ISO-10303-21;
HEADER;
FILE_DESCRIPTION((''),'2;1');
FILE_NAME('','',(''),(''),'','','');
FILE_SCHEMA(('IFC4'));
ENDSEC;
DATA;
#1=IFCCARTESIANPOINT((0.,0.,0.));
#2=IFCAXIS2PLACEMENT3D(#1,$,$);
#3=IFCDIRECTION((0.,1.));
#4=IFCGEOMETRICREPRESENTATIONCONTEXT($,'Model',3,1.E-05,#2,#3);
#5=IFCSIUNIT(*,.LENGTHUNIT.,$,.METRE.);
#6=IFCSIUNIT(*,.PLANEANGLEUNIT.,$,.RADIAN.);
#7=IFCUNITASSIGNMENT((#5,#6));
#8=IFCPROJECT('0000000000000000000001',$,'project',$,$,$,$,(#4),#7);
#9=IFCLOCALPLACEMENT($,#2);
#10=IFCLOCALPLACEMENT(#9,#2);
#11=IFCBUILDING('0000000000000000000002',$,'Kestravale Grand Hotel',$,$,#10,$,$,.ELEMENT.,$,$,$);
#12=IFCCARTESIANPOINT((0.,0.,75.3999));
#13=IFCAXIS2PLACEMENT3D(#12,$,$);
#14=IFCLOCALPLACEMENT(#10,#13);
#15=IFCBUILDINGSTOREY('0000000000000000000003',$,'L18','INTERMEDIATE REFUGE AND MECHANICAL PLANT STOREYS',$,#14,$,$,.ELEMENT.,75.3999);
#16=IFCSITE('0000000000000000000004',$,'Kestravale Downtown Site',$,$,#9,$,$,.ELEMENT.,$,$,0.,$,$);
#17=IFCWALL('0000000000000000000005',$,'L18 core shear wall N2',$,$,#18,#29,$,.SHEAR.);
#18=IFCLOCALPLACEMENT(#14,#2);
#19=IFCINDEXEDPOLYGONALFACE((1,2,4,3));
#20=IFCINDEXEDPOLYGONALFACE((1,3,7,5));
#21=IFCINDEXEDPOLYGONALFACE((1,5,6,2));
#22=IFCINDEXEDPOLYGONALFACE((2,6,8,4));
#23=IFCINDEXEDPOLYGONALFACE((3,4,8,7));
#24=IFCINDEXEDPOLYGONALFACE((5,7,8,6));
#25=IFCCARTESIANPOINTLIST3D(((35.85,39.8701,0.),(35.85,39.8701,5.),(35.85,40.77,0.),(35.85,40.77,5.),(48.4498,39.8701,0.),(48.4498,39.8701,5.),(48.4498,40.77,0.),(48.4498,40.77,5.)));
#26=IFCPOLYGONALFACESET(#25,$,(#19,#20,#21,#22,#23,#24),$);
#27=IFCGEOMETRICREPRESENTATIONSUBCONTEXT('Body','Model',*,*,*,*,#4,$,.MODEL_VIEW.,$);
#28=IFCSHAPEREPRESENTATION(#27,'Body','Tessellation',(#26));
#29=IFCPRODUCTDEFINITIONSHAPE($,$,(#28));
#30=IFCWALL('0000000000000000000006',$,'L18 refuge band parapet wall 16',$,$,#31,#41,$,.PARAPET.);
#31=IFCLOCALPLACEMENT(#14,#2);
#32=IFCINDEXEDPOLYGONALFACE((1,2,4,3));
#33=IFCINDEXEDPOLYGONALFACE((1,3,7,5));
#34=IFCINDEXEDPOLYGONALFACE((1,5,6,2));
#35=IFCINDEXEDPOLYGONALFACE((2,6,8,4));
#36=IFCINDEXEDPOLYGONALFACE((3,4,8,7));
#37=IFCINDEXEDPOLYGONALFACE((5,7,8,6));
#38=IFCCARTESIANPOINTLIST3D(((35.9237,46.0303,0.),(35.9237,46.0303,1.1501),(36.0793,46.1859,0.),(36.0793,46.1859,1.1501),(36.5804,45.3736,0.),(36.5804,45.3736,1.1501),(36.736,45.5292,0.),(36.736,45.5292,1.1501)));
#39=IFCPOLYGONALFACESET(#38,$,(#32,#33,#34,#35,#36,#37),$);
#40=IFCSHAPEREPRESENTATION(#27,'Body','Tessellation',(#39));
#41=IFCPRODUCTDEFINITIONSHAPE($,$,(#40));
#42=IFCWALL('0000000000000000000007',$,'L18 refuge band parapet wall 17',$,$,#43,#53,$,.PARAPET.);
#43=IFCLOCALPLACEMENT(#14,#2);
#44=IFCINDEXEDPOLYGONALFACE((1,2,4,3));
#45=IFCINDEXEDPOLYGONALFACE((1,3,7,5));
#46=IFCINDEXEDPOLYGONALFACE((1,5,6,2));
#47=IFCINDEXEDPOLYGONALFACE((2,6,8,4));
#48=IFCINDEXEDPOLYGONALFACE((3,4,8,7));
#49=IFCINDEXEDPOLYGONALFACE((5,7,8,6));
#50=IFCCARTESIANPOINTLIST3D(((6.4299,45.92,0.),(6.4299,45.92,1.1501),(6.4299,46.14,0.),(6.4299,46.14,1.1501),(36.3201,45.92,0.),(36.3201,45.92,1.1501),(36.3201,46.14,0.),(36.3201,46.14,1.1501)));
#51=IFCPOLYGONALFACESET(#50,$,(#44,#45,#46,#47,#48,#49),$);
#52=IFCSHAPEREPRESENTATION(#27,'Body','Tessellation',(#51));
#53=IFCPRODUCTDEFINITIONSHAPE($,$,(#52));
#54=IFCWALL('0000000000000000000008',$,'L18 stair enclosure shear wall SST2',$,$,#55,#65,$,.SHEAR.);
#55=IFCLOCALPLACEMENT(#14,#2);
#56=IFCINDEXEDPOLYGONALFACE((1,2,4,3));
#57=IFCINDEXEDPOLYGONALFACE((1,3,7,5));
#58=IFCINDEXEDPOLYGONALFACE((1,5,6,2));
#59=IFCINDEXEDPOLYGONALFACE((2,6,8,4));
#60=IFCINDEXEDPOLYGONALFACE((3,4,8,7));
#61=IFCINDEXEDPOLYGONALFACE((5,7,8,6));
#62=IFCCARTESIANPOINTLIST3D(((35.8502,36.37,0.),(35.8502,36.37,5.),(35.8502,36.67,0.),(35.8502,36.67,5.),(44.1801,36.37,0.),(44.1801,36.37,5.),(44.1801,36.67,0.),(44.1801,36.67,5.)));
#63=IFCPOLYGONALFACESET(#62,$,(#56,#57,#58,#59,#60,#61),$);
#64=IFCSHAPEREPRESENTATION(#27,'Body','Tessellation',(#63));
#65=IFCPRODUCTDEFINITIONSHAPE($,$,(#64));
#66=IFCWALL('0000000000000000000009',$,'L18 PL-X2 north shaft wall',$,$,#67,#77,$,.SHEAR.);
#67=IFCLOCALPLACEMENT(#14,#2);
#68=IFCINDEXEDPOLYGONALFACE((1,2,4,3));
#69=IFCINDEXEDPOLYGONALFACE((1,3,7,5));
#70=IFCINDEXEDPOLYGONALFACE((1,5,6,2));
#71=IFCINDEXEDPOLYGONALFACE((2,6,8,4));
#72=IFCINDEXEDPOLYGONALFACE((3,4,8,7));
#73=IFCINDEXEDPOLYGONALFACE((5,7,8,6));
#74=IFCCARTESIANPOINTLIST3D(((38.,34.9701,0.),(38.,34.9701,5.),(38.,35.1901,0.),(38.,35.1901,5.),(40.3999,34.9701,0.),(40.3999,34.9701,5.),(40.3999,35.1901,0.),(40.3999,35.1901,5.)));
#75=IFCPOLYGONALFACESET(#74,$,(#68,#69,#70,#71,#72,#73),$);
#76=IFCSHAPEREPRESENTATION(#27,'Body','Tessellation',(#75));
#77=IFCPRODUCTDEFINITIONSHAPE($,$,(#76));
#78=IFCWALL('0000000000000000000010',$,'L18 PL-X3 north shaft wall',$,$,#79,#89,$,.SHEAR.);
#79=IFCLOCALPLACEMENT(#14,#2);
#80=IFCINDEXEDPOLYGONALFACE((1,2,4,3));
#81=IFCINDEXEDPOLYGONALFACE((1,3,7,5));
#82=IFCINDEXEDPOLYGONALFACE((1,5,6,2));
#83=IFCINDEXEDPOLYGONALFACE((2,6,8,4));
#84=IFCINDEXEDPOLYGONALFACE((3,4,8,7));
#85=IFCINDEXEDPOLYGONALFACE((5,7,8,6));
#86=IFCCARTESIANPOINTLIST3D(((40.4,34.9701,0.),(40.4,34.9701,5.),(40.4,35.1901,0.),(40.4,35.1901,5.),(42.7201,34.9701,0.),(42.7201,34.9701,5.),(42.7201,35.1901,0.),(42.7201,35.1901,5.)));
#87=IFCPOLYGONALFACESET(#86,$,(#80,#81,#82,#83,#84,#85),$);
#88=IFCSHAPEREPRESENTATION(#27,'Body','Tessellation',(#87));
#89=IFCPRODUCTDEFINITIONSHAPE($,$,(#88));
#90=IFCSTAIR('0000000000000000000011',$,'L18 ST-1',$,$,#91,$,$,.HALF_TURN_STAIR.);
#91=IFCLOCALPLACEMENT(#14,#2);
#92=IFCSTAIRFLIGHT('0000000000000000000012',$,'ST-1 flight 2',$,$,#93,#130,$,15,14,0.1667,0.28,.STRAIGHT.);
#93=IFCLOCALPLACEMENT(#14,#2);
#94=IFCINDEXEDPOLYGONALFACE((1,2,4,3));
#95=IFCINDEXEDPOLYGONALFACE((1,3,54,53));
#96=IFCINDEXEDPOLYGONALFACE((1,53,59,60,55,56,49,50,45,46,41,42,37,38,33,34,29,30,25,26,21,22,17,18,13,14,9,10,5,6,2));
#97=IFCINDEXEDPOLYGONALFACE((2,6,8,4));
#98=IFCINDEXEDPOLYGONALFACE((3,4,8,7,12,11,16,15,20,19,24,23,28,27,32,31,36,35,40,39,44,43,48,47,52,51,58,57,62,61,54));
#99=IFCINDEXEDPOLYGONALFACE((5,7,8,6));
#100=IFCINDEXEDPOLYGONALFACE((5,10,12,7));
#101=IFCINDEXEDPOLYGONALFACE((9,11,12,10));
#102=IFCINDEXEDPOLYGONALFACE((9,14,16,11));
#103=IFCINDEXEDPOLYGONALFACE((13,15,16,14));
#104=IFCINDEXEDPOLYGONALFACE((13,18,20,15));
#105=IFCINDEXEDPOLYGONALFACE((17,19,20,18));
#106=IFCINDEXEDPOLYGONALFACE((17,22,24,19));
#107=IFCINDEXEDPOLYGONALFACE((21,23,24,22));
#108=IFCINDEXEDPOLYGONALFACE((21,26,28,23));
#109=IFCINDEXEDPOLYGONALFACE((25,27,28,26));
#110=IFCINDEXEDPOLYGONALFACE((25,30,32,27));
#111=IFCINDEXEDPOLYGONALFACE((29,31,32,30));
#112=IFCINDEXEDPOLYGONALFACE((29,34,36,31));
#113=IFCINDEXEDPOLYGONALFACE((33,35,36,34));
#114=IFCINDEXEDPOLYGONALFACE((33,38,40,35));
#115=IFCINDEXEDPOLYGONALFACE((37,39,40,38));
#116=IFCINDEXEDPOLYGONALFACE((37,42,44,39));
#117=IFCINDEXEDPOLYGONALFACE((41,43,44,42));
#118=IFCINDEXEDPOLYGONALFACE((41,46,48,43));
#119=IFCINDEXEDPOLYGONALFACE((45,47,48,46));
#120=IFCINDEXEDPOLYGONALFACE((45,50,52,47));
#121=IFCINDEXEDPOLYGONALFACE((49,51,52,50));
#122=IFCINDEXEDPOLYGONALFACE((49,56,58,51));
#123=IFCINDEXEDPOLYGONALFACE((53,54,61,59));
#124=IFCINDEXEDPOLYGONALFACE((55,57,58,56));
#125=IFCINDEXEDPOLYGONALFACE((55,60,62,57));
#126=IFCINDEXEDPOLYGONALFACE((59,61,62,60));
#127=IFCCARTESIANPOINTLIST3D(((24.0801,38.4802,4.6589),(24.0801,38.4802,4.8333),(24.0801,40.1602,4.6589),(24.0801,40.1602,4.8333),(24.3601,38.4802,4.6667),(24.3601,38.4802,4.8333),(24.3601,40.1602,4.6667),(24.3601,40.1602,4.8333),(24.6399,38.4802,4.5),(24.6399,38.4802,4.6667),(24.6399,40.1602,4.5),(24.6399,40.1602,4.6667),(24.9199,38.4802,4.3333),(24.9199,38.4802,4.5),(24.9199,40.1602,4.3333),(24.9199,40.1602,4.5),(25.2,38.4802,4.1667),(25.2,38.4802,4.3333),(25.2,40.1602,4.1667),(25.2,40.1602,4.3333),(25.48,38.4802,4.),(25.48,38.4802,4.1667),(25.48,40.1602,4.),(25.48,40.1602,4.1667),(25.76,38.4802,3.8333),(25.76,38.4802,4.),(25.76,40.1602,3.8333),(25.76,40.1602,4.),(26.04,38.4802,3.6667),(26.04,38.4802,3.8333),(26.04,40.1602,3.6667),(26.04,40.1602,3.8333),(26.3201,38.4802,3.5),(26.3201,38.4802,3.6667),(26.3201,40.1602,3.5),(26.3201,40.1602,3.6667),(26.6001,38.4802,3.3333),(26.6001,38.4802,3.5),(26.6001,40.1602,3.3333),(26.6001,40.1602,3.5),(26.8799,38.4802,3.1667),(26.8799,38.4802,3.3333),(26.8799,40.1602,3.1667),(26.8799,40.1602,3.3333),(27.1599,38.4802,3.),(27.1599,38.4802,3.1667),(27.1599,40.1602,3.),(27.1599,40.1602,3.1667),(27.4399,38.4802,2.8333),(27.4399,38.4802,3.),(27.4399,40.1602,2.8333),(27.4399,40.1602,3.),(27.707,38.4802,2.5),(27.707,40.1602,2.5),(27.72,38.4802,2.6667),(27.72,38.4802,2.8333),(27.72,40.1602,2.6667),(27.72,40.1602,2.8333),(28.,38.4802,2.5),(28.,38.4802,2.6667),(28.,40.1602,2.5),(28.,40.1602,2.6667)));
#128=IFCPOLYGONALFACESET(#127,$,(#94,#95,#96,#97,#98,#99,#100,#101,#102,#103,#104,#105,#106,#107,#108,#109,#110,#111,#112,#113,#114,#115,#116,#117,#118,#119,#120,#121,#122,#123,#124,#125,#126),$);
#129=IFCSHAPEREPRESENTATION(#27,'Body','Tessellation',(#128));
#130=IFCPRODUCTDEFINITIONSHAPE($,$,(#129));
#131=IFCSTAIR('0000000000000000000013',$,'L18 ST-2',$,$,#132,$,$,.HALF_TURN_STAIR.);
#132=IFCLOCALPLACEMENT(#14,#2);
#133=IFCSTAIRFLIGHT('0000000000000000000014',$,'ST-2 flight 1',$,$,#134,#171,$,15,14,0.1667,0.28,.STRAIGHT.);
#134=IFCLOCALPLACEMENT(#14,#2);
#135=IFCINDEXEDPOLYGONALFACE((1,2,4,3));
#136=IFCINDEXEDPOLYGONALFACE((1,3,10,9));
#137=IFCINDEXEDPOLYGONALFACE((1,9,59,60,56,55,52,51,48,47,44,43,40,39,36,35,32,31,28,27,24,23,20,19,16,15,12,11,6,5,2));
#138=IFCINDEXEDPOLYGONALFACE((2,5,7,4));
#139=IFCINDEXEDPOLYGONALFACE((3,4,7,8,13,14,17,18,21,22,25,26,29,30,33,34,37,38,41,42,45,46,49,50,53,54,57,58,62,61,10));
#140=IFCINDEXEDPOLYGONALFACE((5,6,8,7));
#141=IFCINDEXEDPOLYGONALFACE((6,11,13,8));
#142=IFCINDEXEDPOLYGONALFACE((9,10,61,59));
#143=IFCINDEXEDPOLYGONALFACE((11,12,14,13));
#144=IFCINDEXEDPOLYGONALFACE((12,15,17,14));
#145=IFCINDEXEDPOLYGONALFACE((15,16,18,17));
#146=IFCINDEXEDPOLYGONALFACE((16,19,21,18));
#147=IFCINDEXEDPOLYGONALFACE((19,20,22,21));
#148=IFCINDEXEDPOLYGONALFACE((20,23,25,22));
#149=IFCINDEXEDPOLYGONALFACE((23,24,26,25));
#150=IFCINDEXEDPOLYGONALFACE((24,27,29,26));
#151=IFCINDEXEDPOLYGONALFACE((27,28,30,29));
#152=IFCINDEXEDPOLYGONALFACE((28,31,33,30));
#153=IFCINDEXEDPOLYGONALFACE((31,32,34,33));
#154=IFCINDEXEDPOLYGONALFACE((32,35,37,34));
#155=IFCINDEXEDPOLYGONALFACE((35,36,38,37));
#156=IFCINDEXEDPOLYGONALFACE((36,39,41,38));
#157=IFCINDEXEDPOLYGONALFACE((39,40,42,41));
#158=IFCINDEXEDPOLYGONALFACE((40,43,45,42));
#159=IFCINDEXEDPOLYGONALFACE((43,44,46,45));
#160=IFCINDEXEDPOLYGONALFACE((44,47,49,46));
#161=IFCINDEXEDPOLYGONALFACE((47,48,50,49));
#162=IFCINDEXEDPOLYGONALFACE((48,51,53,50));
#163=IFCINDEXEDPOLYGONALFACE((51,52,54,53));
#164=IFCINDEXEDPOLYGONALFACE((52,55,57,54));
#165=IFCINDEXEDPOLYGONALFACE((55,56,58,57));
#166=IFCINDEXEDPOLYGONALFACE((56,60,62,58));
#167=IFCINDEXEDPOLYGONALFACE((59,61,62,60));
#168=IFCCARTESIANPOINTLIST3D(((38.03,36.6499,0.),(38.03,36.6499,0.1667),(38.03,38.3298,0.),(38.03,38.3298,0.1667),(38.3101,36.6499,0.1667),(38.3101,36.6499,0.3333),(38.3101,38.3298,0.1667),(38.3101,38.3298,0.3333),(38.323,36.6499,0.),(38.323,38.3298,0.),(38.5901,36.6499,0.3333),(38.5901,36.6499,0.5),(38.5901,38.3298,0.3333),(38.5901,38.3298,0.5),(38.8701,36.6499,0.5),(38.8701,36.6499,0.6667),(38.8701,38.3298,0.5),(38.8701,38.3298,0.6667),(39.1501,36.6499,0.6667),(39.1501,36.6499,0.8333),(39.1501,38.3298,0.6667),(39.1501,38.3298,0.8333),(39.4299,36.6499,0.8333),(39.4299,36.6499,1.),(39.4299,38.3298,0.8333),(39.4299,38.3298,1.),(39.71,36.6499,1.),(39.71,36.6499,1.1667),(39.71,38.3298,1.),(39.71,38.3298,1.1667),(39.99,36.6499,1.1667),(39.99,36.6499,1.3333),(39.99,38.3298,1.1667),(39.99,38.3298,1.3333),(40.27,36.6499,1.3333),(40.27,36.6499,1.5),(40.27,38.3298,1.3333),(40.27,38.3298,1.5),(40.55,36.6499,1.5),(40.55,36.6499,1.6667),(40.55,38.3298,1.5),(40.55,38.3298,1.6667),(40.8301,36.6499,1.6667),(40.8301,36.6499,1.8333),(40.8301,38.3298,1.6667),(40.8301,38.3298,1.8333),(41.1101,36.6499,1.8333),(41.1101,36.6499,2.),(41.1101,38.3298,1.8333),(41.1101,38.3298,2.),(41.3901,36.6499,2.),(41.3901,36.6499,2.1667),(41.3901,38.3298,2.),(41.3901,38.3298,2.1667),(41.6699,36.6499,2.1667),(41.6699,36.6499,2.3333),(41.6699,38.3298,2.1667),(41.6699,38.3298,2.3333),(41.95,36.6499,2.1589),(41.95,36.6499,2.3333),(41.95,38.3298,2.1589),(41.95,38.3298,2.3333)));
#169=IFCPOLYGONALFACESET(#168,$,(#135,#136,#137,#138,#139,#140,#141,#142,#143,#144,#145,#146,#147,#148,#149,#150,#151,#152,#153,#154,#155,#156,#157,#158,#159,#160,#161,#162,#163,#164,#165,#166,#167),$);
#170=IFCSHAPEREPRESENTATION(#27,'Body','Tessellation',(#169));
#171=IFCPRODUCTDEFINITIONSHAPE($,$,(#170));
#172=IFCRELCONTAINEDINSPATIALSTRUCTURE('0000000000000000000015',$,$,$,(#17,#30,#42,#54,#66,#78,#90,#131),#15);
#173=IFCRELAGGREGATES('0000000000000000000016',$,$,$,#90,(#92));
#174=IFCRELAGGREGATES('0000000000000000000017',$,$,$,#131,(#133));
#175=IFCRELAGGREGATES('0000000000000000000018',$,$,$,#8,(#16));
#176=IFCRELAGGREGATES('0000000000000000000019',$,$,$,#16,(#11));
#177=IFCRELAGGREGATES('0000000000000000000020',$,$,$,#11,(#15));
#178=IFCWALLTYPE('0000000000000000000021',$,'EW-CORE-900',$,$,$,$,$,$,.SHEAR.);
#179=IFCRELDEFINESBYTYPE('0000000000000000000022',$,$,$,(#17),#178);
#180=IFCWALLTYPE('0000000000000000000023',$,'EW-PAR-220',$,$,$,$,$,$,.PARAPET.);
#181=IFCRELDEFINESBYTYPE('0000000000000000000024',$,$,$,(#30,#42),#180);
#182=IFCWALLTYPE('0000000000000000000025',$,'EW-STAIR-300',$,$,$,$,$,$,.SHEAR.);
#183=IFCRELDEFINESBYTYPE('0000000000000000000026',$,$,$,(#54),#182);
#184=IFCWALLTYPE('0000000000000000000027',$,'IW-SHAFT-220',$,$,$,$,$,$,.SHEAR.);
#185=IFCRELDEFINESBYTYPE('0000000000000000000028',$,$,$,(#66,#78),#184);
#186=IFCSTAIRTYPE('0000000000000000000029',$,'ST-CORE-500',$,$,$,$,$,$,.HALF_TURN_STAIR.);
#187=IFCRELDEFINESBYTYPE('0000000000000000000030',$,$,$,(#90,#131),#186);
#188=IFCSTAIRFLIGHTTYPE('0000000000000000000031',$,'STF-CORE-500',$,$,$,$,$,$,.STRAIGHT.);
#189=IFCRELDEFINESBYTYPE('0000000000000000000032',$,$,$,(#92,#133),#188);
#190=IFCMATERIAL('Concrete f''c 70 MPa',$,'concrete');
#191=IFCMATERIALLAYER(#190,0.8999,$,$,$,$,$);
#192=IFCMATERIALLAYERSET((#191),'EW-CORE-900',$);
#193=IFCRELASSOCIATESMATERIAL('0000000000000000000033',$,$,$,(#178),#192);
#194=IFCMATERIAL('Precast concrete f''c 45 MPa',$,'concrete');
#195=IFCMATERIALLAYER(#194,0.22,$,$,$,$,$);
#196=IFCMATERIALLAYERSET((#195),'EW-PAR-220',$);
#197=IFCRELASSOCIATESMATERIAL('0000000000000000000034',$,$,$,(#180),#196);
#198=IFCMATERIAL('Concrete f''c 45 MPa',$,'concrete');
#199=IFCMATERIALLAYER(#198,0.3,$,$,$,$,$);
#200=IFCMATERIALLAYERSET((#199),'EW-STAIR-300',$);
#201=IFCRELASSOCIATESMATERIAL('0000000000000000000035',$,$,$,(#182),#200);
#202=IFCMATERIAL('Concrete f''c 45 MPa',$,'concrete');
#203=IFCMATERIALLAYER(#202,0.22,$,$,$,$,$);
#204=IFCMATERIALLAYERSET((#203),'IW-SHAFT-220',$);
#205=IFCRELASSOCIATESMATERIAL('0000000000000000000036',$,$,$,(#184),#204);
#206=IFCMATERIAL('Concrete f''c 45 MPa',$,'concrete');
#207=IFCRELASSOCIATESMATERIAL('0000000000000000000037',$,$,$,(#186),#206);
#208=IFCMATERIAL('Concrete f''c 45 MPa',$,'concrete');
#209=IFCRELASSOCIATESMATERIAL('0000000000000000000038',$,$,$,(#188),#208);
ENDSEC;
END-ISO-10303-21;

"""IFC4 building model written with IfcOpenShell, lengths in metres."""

from ifc_helpers import new_model, si_unit, direction, frame, frame_2d, origin, place, context, subcontext, project, spatial, polyline, rectangle, outline, extrude, material, layer, layer_set, type_object, element, aggregate, save


model = new_model("IFC4")

# Units and contexts
model_context = context("Model", 3, precision=1e-05, world=origin(), true_north=direction((0.0, 1.0)))
body_context = subcontext(model_context, "Body", "Model", "MODEL_VIEW")
ifc_project = project(units=[si_unit("LENGTHUNIT", "METRE"), si_unit("PLANEANGLEUNIT", "RADIAN")], contexts=[model_context])

# Site, building, storey
site_placement = place(None, origin())
site = spatial("IfcSite", under=ifc_project, at=site_placement, Name="Kestravale Downtown Site", CompositionType="ELEMENT", RefElevation=0.0)
building_placement = place(site_placement, origin())
building = spatial("IfcBuilding", under=site, at=building_placement, Name="Kestravale Grand Hotel", CompositionType="ELEMENT")
storey_placement = place(building_placement, frame((0.0, 0.0, 75.3999)))
storey = spatial("IfcBuildingStorey", under=building, at=storey_placement, Name="L18", Description="INTERMEDIATE REFUGE AND MECHANICAL PLANT STOREYS", CompositionType="ELEMENT", Elevation=75.3999)

# Wall
ifc_material_1 = material(Name="Concrete f'c 70 MPa", Category="concrete")
ifc_layer_1 = layer(ifc_material_1, 0.8999)
ifc_layer_set_1 = layer_set([ifc_layer_1], Name="EW-CORE-900")
wall_type_1 = type_object("IfcWallType", Name="EW-CORE-900", PredefinedType="SHEAR", material=ifc_layer_set_1)
wall_1_placement = place(storey_placement, frame((35.8501, 40.3201, 0.0), z_axis=(0.0, 0.0, 1.0), x_axis=(1.0, 0.0, 0.0)))
element("IfcWall", 1, at=wall_1_placement, inside=storey, type_object=wall_type_1, Name="L18 core shear wall N2", PredefinedType="SHEAR", context=body_context, shape_type="SweptSolid", body=[
    extrude(rectangle(XDim=12.5999, YDim=0.8999, at=frame_2d((6.2998, 0.0))), origin(), (0.0, 0.0, 1.0), 5.0),
])

# Walls
ifc_material_2 = material(Name="Precast concrete f'c 45 MPa", Category="concrete")
ifc_layer_2 = layer(ifc_material_2, 0.22)
ifc_layer_set_2 = layer_set([ifc_layer_2], Name="EW-PAR-220")
wall_type_2 = type_object("IfcWallType", Name="EW-PAR-220", PredefinedType="PARAPET", material=ifc_layer_set_2)
wall_2_placement = place(storey_placement, frame((36.6582, 45.4514, 0.0), z_axis=(0.0, 0.0, 1.0), x_axis=(-0.707107, 0.707107, 0.0)))
element("IfcWall", 2, at=wall_2_placement, inside=storey, type_object=wall_type_2, Name="L18 refuge band parapet wall 16", PredefinedType="PARAPET", context=body_context, shape_type="SweptSolid", body=[
    extrude(rectangle(XDim=0.9287, YDim=0.22, at=frame_2d((0.4644, 0.0))), origin(), (0.0, 0.0, 1.0), 1.1501),
])
wall_3_placement = place(storey_placement, frame((36.3201, 46.03, 0.0), z_axis=(0.0, 0.0, 1.0), x_axis=(-1.0, 0.0, 0.0)))
element("IfcWall", 3, at=wall_3_placement, inside=storey, type_object=wall_type_2, Name="L18 refuge band parapet wall 17", PredefinedType="PARAPET", context=body_context, shape_type="SweptSolid", body=[
    extrude(rectangle(XDim=29.8901, YDim=0.22, at=frame_2d((14.9451, 0.0))), origin(), (0.0, 0.0, 1.0), 1.1501),
])
ifc_material_3 = material(Name="Concrete f'c 45 MPa", Category="concrete")
ifc_layer_3 = layer(ifc_material_3, 0.3)
ifc_layer_set_3 = layer_set([ifc_layer_3], Name="EW-STAIR-300")
wall_type_3 = type_object("IfcWallType", Name="EW-STAIR-300", PredefinedType="SHEAR", material=ifc_layer_set_3)
wall_4_placement = place(storey_placement, frame((35.8501, 36.52, 0.0), z_axis=(0.0, 0.0, 1.0), x_axis=(1.0, 0.0, 0.0)))
element("IfcWall", 4, at=wall_4_placement, inside=storey, type_object=wall_type_3, Name="L18 stair enclosure shear wall SST2", PredefinedType="SHEAR", context=body_context, shape_type="SweptSolid", body=[
    extrude(rectangle(XDim=8.3298, YDim=0.3, at=frame_2d((4.165, 0.0))), origin(), (0.0, 0.0, 1.0), 5.0),
])

# Walls
ifc_material_4 = material(Name="Concrete f'c 45 MPa", Category="concrete")
ifc_layer_4 = layer(ifc_material_4, 0.22)
ifc_layer_set_4 = layer_set([ifc_layer_4], Name="IW-SHAFT-220")
wall_type_4 = type_object("IfcWallType", Name="IW-SHAFT-220", PredefinedType="SHEAR", material=ifc_layer_set_4)
wall_5_placement = place(storey_placement, frame((38.0, 35.0801, 0.0), z_axis=(0.0, 0.0, 1.0), x_axis=(1.0, 0.0, 0.0)))
element("IfcWall", 5, at=wall_5_placement, inside=storey, type_object=wall_type_4, Name="L18 PL-X2 north shaft wall", PredefinedType="SHEAR", context=body_context, shape_type="SweptSolid", body=[
    extrude(rectangle(XDim=2.3999, YDim=0.22, at=frame_2d((1.2, 0.0))), origin(), (0.0, 0.0, 1.0), 5.0),
])
wall_6_placement = place(storey_placement, frame((40.3999, 35.0801, 0.0), z_axis=(0.0, 0.0, 1.0), x_axis=(1.0, 0.0, 0.0)))
element("IfcWall", 6, at=wall_6_placement, inside=storey, type_object=wall_type_4, Name="L18 PL-X3 north shaft wall", PredefinedType="SHEAR", context=body_context, shape_type="SweptSolid", body=[
    extrude(rectangle(XDim=2.3201, YDim=0.22, at=frame_2d((1.1602, 0.0))), origin(), (0.0, 0.0, 1.0), 5.0),
])

# Stairs, stair flights
ifc_material_5 = material(Name="Concrete f'c 45 MPa", Category="concrete")
stair_type = type_object("IfcStairType", Name="ST-CORE-500", PredefinedType="HALF_TURN_STAIR", material=ifc_material_5)
stair_1_placement = place(storey_placement, origin())
stair_1 = element("IfcStair", 7, at=stair_1_placement, inside=storey, type_object=stair_type, Name="L18 ST-1", PredefinedType="HALF_TURN_STAIR")
ifc_material_6 = material(Name="Concrete f'c 45 MPa", Category="concrete")
stair_flight_type = type_object("IfcStairFlightType", Name="STF-CORE-500", PredefinedType="STRAIGHT", material=ifc_material_6)
stair_flight_1_placement = place(storey_placement, frame((28.0, 39.3201, 2.5), z_axis=(0.0, 0.0, 1.0), x_axis=(-1.0, 0.0, 0.0)))
stair_flight_1 = element("IfcStairFlight", 8, at=stair_flight_1_placement, type_object=stair_flight_type, Name="ST-1 flight 2", NumberOfRisers=15, NumberOfTreads=14, PredefinedType="STRAIGHT", RiserHeight=0.1667, TreadLength=0.28, context=body_context, shape_type="SweptSolid", body=[
    extrude(outline(polyline([(0.0, 0.0), (0.0, 0.1667), (0.28, 0.1667), (0.28, 0.3333), (0.5601, 0.3333), (0.5601, 0.5), (0.8401, 0.5), (0.8401, 0.6667), (1.1201, 0.6667), (1.1201, 0.8333), (1.3999, 0.8333), (1.3999, 1.0), (1.6799, 1.0), (1.6799, 1.1667), (1.96, 1.1667), (1.96, 1.3333), (2.24, 1.3333), (2.24, 1.5), (2.52, 1.5), (2.52, 1.6667), (2.8, 1.6667), (2.8, 1.8333), (3.0801, 1.8333), (3.0801, 2.0), (3.3601, 2.0), (3.3601, 2.1667), (3.6399, 2.1667), (3.6399, 2.3333), (3.9199, 2.3333), (3.9199, 2.5), (3.9199, 2.1589), (0.293, 0.0), (0.0, 0.0)])), frame((0.0, 0.8398, 0.0), z_axis=(0.0, -1.0, 0.0), x_axis=(1.0, 0.0, 0.0)), (0.0, 0.0, 1.0), 1.6799),
])
aggregate(stair_1, [stair_flight_1])
stair_2_placement = place(storey_placement, origin())
stair_2 = element("IfcStair", 9, at=stair_2_placement, inside=storey, type_object=stair_type, Name="L18 ST-2", PredefinedType="HALF_TURN_STAIR")
stair_flight_2_placement = place(storey_placement, frame((38.03, 37.49, 0.0), z_axis=(0.0, 0.0, 1.0), x_axis=(1.0, 0.0, 0.0)))
stair_flight_2 = element("IfcStairFlight", 10, at=stair_flight_2_placement, type_object=stair_flight_type, Name="ST-2 flight 1", NumberOfRisers=15, NumberOfTreads=14, PredefinedType="STRAIGHT", RiserHeight=0.1667, TreadLength=0.28, context=body_context, shape_type="SweptSolid", body=[
    extrude(outline(polyline([(0.0, 0.0), (0.0, 0.1667), (0.28, 0.1667), (0.28, 0.3333), (0.5601, 0.3333), (0.5601, 0.5), (0.8401, 0.5), (0.8401, 0.6667), (1.1201, 0.6667), (1.1201, 0.8333), (1.3999, 0.8333), (1.3999, 1.0), (1.6799, 1.0), (1.6799, 1.1667), (1.96, 1.1667), (1.96, 1.3333), (2.24, 1.3333), (2.24, 1.5), (2.52, 1.5), (2.52, 1.6667), (2.8, 1.6667), (2.8, 1.8333), (3.0801, 1.8333), (3.0801, 2.0), (3.3601, 2.0), (3.3601, 2.1667), (3.6399, 2.1667), (3.6399, 2.3333), (3.9199, 2.3333), (3.9199, 2.5), (3.9199, 2.1589), (0.293, 0.0), (0.0, 0.0)])), frame((0.0, 0.8398, 0.0), z_axis=(0.0, -1.0, 0.0), x_axis=(1.0, 0.0, 0.0)), (0.0, 0.0, 1.0), 1.6799),
])
aggregate(stair_2, [stair_flight_2])

save(model, "model.ifc")
